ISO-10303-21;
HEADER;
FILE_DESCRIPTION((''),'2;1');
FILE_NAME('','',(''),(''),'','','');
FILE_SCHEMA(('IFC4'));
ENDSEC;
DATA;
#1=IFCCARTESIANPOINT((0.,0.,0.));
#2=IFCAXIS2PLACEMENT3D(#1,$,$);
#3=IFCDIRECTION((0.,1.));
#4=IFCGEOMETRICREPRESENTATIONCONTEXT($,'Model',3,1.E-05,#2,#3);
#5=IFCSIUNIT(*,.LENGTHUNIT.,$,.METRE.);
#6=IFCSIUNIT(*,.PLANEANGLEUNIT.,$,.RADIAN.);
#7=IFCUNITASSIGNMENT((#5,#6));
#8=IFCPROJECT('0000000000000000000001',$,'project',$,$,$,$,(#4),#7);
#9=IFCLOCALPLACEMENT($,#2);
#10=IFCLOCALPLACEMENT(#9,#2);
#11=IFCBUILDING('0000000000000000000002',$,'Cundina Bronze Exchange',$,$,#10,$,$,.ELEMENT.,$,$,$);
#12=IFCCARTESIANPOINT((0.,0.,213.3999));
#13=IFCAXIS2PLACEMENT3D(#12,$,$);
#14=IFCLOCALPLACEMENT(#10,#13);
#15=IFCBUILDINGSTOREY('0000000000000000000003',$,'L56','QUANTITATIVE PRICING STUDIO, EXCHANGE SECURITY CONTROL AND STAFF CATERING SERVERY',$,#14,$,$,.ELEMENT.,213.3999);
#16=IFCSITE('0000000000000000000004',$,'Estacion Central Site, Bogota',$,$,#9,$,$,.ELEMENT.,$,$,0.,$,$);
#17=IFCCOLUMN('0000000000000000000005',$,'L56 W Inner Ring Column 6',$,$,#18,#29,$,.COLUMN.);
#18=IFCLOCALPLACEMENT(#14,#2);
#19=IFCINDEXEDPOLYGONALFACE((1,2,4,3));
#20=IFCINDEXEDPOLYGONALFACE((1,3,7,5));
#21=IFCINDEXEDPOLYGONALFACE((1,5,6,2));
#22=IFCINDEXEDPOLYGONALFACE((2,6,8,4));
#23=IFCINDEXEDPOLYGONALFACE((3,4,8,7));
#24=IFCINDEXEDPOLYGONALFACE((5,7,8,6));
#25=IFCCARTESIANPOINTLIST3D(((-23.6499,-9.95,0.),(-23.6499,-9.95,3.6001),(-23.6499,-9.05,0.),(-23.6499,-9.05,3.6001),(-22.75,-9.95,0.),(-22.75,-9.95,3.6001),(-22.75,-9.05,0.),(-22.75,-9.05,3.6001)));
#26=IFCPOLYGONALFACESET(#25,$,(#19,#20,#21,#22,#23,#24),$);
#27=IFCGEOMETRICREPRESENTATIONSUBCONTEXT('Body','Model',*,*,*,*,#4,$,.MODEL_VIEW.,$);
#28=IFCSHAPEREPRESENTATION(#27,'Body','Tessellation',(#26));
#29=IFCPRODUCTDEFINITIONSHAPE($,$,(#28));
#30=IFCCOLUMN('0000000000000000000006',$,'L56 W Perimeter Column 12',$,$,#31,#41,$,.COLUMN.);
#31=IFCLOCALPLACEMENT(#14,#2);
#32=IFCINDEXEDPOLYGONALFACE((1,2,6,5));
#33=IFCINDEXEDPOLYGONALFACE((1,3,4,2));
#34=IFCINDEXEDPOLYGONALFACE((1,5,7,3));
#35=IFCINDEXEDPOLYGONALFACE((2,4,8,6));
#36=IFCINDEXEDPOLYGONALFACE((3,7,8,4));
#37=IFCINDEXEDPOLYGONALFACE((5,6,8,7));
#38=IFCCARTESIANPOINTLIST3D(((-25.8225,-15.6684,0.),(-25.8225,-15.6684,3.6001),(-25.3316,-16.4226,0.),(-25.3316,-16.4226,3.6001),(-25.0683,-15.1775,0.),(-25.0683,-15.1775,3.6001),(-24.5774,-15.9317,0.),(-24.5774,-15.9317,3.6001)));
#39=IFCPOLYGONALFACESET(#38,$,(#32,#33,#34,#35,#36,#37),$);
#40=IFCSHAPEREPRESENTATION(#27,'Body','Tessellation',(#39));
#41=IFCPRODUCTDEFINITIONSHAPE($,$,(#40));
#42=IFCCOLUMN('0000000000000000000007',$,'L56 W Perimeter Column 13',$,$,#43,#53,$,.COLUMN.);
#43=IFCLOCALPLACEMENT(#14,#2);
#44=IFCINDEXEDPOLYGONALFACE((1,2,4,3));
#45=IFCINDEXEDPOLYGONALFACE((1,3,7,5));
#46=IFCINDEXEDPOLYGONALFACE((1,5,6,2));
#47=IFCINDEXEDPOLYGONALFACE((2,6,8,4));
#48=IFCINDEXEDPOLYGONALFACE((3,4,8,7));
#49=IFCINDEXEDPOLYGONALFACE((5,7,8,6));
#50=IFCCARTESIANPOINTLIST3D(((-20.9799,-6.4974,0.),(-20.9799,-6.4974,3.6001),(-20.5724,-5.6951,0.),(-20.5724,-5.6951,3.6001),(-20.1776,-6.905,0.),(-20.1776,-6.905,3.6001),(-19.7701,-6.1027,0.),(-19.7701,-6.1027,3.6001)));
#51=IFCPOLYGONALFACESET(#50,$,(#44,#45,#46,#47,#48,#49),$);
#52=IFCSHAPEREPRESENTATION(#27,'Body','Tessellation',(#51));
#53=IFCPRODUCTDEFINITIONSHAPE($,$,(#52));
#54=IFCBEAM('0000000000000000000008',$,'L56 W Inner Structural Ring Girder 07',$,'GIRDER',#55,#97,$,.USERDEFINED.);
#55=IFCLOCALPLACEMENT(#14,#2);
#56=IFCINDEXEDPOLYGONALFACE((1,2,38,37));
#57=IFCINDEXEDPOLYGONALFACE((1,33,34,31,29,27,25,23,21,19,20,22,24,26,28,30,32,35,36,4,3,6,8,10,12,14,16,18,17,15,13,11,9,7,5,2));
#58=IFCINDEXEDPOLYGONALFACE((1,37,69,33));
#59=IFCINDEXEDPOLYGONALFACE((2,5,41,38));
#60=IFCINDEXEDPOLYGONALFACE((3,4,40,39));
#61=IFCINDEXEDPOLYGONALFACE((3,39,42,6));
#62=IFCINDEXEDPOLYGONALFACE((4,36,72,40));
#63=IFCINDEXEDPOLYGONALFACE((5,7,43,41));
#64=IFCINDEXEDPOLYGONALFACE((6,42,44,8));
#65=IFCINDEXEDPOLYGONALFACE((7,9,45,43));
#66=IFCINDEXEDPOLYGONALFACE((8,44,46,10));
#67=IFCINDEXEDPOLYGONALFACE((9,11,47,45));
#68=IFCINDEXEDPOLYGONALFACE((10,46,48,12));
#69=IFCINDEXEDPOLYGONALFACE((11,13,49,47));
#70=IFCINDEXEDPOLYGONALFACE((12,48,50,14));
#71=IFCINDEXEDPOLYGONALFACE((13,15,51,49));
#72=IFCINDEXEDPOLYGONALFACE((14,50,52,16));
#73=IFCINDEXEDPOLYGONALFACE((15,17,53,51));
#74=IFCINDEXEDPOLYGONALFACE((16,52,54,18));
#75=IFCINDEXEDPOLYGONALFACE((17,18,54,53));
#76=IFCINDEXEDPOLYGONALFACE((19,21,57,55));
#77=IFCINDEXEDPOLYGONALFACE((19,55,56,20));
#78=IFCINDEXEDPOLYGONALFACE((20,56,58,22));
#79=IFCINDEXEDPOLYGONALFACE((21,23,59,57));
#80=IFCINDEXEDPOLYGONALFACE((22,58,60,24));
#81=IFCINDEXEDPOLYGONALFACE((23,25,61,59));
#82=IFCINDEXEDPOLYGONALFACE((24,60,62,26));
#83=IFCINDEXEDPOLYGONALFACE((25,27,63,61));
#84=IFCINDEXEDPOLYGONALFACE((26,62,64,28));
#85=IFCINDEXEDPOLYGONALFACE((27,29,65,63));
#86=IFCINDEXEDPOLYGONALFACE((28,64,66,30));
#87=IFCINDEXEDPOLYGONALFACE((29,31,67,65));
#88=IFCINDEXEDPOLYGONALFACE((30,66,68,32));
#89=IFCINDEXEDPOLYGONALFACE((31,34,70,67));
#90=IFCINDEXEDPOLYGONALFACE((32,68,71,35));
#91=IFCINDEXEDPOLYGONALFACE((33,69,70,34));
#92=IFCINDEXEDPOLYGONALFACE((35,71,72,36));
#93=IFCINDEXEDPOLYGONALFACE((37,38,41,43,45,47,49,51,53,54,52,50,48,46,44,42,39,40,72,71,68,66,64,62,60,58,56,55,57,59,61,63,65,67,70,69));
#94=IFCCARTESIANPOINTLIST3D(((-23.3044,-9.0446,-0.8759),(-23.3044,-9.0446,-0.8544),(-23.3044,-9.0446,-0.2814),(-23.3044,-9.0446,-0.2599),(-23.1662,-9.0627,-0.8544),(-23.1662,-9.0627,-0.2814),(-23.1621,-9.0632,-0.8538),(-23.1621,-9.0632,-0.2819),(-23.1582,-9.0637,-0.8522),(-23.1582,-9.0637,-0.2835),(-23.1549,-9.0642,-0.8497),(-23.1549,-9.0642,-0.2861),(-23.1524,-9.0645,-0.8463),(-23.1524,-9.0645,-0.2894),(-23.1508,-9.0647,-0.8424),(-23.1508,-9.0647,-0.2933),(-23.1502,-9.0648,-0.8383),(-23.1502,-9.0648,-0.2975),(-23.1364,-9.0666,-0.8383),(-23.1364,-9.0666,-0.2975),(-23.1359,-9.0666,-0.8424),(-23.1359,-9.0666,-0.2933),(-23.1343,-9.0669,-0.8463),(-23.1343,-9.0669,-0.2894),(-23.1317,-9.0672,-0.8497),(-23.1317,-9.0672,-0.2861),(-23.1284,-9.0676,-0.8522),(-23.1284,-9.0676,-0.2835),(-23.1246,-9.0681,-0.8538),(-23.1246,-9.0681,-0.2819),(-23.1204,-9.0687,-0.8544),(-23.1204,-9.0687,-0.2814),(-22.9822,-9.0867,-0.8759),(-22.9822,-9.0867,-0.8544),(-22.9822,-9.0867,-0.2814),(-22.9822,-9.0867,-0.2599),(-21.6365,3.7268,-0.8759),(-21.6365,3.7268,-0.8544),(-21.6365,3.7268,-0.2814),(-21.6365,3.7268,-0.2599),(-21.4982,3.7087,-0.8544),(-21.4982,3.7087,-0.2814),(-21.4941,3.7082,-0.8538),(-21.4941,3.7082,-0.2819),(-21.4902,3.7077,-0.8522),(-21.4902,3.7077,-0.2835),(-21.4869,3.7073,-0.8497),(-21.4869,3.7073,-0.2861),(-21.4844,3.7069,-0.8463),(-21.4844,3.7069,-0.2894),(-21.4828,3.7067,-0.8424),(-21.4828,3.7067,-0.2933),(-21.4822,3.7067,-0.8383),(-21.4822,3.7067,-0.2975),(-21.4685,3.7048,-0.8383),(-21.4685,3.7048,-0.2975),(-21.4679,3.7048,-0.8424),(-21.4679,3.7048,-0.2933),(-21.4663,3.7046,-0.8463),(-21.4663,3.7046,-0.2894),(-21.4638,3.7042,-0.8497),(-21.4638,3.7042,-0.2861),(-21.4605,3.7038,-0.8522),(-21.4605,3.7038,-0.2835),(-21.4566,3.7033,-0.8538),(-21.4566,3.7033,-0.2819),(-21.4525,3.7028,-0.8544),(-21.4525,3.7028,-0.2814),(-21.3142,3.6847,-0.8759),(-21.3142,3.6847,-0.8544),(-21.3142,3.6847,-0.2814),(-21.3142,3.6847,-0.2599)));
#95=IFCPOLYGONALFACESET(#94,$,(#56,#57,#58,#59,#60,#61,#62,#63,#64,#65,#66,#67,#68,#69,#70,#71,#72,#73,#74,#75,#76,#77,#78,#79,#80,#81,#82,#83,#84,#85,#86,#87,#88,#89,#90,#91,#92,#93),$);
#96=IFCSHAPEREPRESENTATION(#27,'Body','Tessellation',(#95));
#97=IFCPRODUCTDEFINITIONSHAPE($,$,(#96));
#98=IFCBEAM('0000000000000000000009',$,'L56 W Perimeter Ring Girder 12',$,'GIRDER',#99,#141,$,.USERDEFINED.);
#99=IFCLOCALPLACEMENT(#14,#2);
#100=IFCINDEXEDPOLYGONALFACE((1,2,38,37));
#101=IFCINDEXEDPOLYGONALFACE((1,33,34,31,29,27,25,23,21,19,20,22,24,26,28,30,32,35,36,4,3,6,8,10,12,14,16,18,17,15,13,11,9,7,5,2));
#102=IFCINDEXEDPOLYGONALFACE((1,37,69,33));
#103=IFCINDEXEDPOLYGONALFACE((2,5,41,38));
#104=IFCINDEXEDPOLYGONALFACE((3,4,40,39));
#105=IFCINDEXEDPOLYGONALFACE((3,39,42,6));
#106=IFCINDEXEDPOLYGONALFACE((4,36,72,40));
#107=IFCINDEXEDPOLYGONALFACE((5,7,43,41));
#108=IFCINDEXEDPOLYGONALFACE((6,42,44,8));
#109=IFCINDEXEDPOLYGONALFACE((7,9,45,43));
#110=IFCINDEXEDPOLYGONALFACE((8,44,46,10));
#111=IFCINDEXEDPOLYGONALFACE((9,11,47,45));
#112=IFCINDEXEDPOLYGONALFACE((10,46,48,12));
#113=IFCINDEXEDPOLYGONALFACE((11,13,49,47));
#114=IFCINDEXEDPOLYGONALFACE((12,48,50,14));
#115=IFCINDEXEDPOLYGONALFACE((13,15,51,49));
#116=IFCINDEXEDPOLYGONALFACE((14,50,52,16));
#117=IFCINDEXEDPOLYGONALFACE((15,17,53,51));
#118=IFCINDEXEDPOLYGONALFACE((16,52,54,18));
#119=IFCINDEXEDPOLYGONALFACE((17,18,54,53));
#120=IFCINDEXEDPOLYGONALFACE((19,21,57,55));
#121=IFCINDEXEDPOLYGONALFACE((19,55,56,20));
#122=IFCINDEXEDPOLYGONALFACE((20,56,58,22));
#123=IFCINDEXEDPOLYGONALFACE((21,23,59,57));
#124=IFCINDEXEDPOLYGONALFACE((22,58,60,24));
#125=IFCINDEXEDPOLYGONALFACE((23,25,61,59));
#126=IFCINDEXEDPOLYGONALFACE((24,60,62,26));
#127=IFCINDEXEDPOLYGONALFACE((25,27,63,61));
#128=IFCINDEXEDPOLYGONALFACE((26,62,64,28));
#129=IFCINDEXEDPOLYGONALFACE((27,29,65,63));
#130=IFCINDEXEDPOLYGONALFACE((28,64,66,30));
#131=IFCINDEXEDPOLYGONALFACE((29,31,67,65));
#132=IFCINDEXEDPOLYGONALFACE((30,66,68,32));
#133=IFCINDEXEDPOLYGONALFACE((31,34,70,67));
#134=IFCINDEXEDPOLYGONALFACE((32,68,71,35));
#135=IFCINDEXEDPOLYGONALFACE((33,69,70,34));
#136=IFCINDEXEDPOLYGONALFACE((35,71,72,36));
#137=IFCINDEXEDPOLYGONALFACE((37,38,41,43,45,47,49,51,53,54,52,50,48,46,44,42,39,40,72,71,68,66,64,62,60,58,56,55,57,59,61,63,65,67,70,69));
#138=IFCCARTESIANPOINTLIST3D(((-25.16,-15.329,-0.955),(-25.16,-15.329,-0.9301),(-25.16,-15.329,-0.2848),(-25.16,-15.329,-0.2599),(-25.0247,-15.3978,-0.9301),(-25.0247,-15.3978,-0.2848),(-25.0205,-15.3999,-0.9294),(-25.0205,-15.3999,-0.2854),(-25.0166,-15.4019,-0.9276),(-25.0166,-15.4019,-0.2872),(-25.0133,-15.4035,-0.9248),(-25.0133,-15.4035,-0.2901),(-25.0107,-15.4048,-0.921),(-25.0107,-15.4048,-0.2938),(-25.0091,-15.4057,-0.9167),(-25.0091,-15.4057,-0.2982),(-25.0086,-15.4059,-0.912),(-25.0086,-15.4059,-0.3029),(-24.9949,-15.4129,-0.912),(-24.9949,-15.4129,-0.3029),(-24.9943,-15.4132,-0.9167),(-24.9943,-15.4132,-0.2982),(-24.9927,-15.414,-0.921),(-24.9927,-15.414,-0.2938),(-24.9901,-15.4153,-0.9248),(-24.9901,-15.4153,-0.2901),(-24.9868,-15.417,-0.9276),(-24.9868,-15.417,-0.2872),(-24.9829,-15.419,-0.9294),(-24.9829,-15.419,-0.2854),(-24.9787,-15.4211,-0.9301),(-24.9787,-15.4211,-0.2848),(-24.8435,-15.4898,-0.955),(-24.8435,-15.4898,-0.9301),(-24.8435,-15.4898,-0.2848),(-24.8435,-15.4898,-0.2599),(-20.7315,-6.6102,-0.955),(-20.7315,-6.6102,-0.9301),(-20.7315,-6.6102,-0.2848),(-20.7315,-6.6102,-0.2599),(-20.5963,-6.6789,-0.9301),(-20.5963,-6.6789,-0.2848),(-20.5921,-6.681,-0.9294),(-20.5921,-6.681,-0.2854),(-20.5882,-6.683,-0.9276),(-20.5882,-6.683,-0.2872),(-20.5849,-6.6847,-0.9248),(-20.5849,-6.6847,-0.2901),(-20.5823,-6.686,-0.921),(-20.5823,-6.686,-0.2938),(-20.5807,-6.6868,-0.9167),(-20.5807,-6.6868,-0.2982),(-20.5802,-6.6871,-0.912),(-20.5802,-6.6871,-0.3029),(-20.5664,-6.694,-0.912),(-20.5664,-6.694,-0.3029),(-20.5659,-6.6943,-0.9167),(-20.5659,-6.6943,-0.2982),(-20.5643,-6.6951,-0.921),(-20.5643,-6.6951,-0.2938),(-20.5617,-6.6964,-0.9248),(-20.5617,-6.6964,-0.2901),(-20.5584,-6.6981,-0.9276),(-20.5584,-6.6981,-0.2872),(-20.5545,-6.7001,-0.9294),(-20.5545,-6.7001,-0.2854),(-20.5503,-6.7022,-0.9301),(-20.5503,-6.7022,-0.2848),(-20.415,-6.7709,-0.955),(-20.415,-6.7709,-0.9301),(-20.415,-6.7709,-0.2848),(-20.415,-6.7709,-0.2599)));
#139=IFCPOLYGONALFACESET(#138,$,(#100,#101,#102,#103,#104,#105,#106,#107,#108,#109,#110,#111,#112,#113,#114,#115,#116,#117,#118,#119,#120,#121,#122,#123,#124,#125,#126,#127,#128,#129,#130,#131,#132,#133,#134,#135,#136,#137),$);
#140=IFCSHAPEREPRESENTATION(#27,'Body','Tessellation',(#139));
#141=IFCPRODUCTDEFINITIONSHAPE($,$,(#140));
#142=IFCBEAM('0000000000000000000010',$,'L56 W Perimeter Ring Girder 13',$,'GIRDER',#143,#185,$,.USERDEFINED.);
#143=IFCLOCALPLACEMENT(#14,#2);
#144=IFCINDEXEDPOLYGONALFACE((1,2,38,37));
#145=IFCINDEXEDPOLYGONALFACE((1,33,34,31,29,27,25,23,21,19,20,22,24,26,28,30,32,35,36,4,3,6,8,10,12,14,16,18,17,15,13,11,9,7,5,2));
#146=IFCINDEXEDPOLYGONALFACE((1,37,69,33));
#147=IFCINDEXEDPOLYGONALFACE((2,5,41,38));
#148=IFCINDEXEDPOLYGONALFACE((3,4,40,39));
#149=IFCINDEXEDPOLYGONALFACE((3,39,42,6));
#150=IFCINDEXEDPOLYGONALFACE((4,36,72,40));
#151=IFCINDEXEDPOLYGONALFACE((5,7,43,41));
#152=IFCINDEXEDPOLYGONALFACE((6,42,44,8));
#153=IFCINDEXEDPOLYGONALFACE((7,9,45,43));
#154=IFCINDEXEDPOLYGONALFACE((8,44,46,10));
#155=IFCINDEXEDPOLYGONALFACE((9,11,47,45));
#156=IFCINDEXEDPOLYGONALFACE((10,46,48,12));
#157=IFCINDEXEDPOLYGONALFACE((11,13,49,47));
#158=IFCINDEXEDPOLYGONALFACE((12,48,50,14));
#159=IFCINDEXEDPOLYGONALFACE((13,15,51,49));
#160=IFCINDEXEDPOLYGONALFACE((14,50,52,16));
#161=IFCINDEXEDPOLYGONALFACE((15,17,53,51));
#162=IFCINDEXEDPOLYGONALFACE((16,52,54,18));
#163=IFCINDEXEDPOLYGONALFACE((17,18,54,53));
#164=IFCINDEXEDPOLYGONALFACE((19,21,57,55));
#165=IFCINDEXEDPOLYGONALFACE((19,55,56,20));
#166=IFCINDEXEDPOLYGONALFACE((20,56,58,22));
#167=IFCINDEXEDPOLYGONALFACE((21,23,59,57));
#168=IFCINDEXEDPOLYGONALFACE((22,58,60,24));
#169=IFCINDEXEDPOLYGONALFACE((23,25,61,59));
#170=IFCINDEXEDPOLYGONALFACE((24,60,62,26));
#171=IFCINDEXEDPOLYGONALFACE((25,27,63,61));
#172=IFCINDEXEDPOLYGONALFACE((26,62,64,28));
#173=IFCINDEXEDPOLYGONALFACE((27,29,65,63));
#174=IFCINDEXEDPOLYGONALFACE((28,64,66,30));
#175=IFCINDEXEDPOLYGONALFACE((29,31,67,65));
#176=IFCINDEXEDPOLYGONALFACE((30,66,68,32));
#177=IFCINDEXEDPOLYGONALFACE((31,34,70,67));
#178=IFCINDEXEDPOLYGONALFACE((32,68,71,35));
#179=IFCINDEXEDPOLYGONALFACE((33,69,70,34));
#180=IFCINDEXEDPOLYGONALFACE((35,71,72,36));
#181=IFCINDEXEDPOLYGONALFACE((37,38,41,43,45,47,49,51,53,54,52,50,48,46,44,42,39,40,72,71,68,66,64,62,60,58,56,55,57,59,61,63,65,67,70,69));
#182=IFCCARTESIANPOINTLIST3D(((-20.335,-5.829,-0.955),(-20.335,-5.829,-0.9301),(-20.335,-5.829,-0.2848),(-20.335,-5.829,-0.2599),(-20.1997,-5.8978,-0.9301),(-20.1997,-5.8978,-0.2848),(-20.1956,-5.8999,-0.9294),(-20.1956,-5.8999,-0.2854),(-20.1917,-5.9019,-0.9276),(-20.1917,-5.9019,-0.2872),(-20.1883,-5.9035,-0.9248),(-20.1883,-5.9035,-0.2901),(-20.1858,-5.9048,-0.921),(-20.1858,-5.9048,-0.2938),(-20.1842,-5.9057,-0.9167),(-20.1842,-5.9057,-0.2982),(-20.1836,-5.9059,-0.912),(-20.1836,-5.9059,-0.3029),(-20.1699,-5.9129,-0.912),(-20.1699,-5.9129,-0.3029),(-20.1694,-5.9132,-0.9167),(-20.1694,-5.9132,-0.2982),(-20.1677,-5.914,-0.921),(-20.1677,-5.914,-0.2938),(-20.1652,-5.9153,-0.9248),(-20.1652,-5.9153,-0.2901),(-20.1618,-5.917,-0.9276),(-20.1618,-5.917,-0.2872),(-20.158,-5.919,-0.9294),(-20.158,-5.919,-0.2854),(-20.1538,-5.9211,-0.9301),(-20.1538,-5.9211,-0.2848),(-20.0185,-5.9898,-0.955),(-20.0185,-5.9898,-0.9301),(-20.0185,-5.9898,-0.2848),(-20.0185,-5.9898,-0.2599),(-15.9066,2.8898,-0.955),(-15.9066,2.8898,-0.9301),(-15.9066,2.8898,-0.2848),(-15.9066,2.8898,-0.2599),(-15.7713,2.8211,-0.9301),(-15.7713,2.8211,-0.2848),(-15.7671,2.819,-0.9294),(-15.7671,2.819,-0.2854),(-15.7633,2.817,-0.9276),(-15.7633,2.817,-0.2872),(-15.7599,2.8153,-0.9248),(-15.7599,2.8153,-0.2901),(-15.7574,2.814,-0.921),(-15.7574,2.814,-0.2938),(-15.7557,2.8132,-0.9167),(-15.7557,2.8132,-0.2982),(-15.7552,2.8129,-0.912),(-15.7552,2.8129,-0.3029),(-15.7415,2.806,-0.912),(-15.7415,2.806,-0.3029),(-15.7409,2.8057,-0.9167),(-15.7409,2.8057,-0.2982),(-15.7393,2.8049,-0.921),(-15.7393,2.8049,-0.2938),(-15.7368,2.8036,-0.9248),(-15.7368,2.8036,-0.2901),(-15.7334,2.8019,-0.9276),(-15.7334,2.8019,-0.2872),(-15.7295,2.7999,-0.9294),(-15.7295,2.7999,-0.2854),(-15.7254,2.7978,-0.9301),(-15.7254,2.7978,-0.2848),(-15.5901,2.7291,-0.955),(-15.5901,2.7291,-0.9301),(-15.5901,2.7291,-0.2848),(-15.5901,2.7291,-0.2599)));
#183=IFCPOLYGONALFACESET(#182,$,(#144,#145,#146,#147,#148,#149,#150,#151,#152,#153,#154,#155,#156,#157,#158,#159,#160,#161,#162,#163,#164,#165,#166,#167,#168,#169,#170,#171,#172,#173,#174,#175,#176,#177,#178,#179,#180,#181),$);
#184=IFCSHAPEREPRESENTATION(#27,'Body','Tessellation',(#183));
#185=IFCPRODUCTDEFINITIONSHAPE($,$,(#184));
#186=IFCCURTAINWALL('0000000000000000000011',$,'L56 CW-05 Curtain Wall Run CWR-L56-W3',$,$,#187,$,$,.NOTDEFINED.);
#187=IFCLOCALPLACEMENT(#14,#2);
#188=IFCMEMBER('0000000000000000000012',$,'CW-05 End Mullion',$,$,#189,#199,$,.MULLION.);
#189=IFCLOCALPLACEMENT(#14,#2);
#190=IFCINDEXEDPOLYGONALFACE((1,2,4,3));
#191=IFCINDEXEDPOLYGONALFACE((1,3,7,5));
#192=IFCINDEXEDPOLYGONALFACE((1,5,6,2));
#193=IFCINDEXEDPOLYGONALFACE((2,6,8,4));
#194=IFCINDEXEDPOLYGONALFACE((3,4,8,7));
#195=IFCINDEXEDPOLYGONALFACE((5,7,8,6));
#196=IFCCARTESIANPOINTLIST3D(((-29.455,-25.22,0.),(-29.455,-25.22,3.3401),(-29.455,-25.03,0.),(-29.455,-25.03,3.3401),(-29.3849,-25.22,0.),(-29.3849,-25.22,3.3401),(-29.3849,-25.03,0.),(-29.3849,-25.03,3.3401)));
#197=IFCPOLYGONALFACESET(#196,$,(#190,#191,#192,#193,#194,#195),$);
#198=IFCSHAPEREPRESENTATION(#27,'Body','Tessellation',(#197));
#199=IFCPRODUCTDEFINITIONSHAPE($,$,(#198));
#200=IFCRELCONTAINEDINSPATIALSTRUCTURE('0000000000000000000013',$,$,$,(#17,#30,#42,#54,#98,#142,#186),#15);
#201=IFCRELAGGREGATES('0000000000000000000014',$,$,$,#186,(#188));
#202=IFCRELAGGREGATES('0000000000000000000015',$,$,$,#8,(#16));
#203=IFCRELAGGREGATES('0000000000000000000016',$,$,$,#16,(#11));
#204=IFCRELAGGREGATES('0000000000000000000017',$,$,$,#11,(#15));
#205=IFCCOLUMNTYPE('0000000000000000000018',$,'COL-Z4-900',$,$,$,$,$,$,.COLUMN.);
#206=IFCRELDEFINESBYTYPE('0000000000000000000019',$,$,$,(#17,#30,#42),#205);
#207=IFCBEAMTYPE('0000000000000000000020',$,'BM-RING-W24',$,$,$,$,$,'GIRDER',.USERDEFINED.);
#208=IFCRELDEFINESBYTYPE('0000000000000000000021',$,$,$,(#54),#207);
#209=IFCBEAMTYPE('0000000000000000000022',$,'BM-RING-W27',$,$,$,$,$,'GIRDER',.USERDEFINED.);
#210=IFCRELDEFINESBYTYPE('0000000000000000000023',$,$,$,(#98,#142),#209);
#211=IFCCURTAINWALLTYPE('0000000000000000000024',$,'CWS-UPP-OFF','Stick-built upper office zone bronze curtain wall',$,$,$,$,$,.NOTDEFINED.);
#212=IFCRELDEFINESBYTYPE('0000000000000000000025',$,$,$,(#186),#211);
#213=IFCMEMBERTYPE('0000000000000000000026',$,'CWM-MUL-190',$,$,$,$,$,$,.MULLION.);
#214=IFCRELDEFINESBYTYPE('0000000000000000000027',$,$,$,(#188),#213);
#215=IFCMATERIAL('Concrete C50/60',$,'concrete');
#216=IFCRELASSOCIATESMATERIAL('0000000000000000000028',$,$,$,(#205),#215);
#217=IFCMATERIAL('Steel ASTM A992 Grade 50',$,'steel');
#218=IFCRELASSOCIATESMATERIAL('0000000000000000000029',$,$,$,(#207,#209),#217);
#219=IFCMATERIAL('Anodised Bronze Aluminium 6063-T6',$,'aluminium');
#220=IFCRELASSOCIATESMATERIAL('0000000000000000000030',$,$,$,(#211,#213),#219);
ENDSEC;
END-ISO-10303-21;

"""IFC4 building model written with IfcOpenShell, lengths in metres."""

from ifc_helpers import new_model, si_unit, direction, frame, origin, origin_2d, place, context, subcontext, project, spatial, rectangle, i_section, extrude, material, material_profile, profile_set, type_object, element, aggregate, save


model = new_model("IFC4")

# Units and contexts
model_context = context("Model", 3, precision=1e-05, world=origin(), true_north=direction((0.0, 1.0)))
body_context = subcontext(model_context, "Body", "Model", "MODEL_VIEW")
ifc_project = project(units=[si_unit("LENGTHUNIT", "METRE"), si_unit("PLANEANGLEUNIT", "RADIAN")], contexts=[model_context])

# Site, building, storey
site_placement = place(None, origin())
site = spatial("IfcSite", under=ifc_project, at=site_placement, Name="Estacion Central Site, Bogota", CompositionType="ELEMENT", RefElevation=0.0)
building_placement = place(site_placement, origin())
building = spatial("IfcBuilding", under=site, at=building_placement, Name="Cundina Bronze Exchange", CompositionType="ELEMENT")
storey_placement = place(building_placement, frame((0.0, 0.0, 213.3999)))
storey = spatial("IfcBuildingStorey", under=building, at=storey_placement, Name="L56", Description="QUANTITATIVE PRICING STUDIO, EXCHANGE SECURITY CONTROL AND STAFF CATERING SERVERY", CompositionType="ELEMENT", Elevation=213.3999)

# Columns
ifc_material_1 = material(Name="Concrete C50/60", Category="concrete")
ifc_material_profile_1 = material_profile(ifc_material_1, rectangle(XDim=0.8999, YDim=0.8999, at=origin_2d()), Name="RC900X900", Category="concrete")
ifc_profile_set_1 = profile_set([ifc_material_profile_1], Name="Concrete C50/60")
column_type = type_object("IfcColumnType", Name="COL-Z4-900", PredefinedType="COLUMN", material=ifc_profile_set_1)
for number, where, z_axis, x_axis, name in (
    (1, (-23.2, -9.5, 0.0), (0.0, 0.0, 1.0), (1.0, 0.0, 0.0), "L56 W Inner Ring Column 6"),
    (2, (-25.2, -15.8, 0.0), (0.0, 0.0, 1.0), (0.8381, 0.545517, 0.0), "L56 W Perimeter Column 12"),
    (3, (-20.375, -6.3, 0.0), (0.0, 0.0, 1.0), (0.452902, 0.891561, 0.0), "L56 W Perimeter Column 13"),
):
    element("IfcColumn", number, at=place(storey_placement, frame(where, z_axis=z_axis, x_axis=x_axis)), inside=storey, type_object=column_type, Name=name, PredefinedType="COLUMN", context=body_context, shape_type="SweptSolid", body=[
        extrude(rectangle(XDim=0.8999, YDim=0.8999, at=origin_2d()), origin(), (0.0, 0.0, 1.0), 3.6001),
    ])

# Beams
ifc_material_2 = material(Name="Steel ASTM A992 Grade 50", Category="steel")
ifc_material_profile_2 = material_profile(ifc_material_2, i_section(OverallWidth=0.325, OverallDepth=0.616, WebThickness=0.0139, FlangeThickness=0.0215, FilletRadius=0.0161, at=origin_2d()), Name="W24X117", Category="steel")
ifc_profile_set_2 = profile_set([ifc_material_profile_2], Name="Steel ASTM A992 Grade 50")
beam_type_1 = type_object("IfcBeamType", Name="BM-RING-W24", ElementType="GIRDER", PredefinedType="USERDEFINED", material=ifc_profile_set_2)
beam_placement = place(storey_placement, frame((-23.1433, -9.0657, -0.5679), z_axis=(0.129501, 0.991579, 0.0), x_axis=(-0.991579, 0.129501, 0.0)))
element("IfcBeam", 4, at=beam_placement, inside=storey, type_object=beam_type_1, Name="L56 W Inner Structural Ring Girder 07", ObjectType="GIRDER", PredefinedType="USERDEFINED", context=body_context, shape_type="SweptSolid", body=[
    extrude(i_section(OverallWidth=0.325, OverallDepth=0.616, WebThickness=0.0139, FlangeThickness=0.0215, FilletRadius=0.0161, at=origin_2d()), origin(), (0.0, 0.0, 1.0), 12.8799),
])
ifc_material_profile_3 = material_profile(ifc_material_2, i_section(OverallWidth=0.355, OverallDepth=0.6951, WebThickness=0.0154, FlangeThickness=0.0249, FilletRadius=0.0181, at=origin_2d()), Name="W27X146", Category="steel")
ifc_profile_set_3 = profile_set([ifc_material_profile_3], Name="Steel ASTM A992 Grade 50")
beam_type_2 = type_object("IfcBeamType", Name="BM-RING-W27", ElementType="GIRDER", PredefinedType="USERDEFINED", material=ifc_profile_set_3)
for number, where, z_axis, x_axis, name in (
    (5, (-25.0017, -15.4094, -0.6074), (0.452847, 0.891588, 0.0), (-0.891588, 0.452847, 0.0), "L56 W Perimeter Ring Girder 12"),
    (6, (-20.1768, -5.9094, -0.6074), (0.452847, 0.891588, 0.0), (-0.891588, 0.452847, 0.0), "L56 W Perimeter Ring Girder 13"),
):
    element("IfcBeam", number, at=place(storey_placement, frame(where, z_axis=z_axis, x_axis=x_axis)), inside=storey, type_object=beam_type_2, Name=name, ObjectType="GIRDER", PredefinedType="USERDEFINED", context=body_context, shape_type="SweptSolid", body=[
        extrude(i_section(OverallWidth=0.355, OverallDepth=0.6951, WebThickness=0.0154, FlangeThickness=0.0249, FilletRadius=0.0181, at=origin_2d()), origin(), (0.0, 0.0, 1.0), 9.7791),
    ])

# Curtain wall, member
ifc_material_3 = material(Name="Anodised Bronze Aluminium 6063-T6", Category="aluminium")
curtain_wall_type = type_object("IfcCurtainWallType", Name="CWS-UPP-OFF", Description="Stick-built upper office zone bronze curtain wall", PredefinedType="NOTDEFINED", material=ifc_material_3)
curtain_wall_1_placement = place(storey_placement, origin())
curtain_wall_1 = element("IfcCurtainWall", 7, at=curtain_wall_1_placement, inside=storey, type_object=curtain_wall_type, Name="L56 CW-05 Curtain Wall Run CWR-L56-W3", PredefinedType="NOTDEFINED")
ifc_material_profile_4 = material_profile(ifc_material_3, rectangle(XDim=0.0701, YDim=0.1899, at=origin_2d()), Name="AL70X190", Category="aluminium")
ifc_profile_set_4 = profile_set([ifc_material_profile_4], Name="Anodised Bronze Aluminium 6063-T6")
member_type_1 = type_object("IfcMemberType", Name="CWM-MUL-190", PredefinedType="MULLION", material=ifc_profile_set_4)
member_1_placement = place(storey_placement, frame((-29.4199, -25.125, 0.0), z_axis=(0.0, 0.0, 1.0), x_axis=(1.0, 0.0, 0.0)))
member_1 = element("IfcMember", 8, at=member_1_placement, type_object=member_type_1, Name="CW-05 End Mullion", PredefinedType="MULLION", context=body_context, shape_type="SweptSolid", body=[
    extrude(rectangle(XDim=0.0701, YDim=0.1899, at=origin_2d()), origin(), (0.0, 0.0, 1.0), 3.3401),
])
aggregate(curtain_wall_1, [member_1])

save(model, "model.ifc")
